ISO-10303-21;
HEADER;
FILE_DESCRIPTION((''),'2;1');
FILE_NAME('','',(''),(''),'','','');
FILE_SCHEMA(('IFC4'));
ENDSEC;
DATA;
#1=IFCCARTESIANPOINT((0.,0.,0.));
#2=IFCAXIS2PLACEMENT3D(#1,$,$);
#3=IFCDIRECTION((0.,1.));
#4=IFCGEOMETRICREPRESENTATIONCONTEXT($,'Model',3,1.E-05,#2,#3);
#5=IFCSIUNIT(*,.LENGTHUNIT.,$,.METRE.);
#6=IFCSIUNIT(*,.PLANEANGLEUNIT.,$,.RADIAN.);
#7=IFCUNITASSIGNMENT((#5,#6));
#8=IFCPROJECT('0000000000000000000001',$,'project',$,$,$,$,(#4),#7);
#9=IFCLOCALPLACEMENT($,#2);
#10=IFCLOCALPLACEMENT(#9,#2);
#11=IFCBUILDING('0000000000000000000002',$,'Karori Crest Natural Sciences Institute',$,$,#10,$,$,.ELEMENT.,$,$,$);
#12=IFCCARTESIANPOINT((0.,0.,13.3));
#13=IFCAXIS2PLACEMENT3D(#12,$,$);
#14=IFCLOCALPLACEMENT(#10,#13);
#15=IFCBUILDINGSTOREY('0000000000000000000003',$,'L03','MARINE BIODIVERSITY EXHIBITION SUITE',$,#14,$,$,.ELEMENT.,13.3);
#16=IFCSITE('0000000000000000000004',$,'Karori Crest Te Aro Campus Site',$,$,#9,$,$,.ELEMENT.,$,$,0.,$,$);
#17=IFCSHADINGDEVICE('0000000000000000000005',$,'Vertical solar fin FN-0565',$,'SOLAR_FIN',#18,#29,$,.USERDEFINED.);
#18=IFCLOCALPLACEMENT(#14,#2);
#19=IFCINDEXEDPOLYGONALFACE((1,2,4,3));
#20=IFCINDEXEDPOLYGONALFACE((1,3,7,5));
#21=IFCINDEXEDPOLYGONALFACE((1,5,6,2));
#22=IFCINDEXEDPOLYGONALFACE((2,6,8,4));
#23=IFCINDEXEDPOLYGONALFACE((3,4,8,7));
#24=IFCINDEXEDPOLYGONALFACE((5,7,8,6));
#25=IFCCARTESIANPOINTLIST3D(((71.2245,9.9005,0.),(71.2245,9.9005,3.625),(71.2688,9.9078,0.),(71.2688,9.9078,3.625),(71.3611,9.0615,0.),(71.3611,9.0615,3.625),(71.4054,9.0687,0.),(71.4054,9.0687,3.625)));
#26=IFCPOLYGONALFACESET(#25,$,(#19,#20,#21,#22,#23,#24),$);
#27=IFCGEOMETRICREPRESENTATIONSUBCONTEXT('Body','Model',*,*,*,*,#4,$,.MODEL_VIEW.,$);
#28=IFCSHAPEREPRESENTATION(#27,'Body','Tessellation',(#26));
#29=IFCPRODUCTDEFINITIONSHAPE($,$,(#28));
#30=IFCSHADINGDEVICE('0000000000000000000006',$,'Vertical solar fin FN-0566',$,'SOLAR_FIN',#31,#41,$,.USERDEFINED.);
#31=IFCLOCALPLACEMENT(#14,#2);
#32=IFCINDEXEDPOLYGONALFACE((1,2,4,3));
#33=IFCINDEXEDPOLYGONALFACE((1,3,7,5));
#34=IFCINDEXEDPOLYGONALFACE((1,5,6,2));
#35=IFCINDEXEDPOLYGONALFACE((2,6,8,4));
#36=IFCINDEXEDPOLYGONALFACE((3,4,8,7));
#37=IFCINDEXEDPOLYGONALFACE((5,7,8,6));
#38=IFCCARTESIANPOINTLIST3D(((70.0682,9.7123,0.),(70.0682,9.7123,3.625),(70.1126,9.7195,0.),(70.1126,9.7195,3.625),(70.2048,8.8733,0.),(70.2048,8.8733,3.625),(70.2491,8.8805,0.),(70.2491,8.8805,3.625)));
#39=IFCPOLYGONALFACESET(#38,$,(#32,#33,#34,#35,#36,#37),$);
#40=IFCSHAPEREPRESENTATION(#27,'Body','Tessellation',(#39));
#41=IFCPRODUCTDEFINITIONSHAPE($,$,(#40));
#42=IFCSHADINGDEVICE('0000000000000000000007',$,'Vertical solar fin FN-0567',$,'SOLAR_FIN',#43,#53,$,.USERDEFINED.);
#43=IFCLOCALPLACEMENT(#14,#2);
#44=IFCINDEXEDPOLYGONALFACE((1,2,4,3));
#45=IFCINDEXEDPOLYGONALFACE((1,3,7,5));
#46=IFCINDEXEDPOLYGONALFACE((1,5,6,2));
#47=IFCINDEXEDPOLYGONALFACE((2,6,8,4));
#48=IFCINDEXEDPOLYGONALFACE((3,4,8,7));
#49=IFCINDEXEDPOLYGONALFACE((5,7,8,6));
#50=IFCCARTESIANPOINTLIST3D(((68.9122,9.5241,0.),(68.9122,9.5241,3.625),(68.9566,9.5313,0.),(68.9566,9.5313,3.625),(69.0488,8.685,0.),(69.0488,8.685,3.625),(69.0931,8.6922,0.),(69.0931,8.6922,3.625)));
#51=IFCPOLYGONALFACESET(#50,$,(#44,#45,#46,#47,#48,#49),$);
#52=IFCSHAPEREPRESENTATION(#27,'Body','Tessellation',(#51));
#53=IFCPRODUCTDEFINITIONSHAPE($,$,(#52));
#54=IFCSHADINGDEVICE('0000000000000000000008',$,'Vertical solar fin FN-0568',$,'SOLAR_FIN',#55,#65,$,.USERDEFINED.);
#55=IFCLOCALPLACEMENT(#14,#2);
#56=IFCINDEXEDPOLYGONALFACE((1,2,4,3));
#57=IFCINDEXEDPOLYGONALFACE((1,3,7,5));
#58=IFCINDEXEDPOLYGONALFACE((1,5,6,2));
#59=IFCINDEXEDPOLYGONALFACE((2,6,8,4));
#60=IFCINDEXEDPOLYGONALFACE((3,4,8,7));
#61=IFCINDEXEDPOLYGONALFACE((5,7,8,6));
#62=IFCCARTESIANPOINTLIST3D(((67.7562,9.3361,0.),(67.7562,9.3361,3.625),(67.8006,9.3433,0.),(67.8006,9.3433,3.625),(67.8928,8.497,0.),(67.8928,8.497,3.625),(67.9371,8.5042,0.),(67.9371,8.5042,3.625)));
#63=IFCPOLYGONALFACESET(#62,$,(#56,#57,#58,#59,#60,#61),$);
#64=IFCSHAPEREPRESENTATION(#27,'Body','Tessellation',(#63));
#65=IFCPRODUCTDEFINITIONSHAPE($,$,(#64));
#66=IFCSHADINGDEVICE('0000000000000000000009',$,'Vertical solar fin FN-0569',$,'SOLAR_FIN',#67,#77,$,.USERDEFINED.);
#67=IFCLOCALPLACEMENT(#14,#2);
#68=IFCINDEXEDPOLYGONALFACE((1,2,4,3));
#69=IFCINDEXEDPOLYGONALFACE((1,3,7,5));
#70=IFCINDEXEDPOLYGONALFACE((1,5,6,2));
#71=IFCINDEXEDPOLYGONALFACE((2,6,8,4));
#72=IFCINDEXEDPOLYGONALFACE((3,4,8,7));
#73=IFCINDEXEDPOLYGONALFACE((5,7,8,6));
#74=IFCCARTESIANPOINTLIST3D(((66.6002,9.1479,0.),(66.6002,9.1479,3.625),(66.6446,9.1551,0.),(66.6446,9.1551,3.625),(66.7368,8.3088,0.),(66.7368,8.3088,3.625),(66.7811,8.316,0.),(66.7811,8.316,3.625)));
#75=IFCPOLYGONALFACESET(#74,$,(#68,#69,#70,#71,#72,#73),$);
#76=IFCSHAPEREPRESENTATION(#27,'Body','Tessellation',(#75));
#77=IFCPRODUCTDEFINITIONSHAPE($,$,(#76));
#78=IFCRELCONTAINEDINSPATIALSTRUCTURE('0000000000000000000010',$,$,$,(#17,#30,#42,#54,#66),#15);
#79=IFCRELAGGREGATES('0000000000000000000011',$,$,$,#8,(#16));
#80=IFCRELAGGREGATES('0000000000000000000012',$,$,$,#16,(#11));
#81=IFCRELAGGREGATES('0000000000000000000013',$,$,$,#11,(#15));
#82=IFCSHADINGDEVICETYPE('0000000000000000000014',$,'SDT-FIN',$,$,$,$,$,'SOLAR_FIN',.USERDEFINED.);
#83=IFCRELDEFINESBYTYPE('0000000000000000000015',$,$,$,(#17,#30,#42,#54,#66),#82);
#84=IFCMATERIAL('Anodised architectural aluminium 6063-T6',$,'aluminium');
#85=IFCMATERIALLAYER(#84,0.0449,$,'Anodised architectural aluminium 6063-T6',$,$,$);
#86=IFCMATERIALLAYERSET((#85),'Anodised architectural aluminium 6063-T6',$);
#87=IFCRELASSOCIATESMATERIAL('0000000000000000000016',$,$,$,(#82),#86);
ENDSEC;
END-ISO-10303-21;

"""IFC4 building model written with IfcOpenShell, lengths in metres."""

from ifc_helpers import new_model, si_unit, direction, frame, origin, origin_2d, place, context, subcontext, project, spatial, rectangle, extrude, material, layer, layer_set, type_object, element, save


model = new_model("IFC4")

# Units and contexts
model_context = context("Model", 3, precision=1e-05, world=origin(), true_north=direction((0.0, 1.0)))
body_context = subcontext(model_context, "Body", "Model", "MODEL_VIEW")
ifc_project = project(units=[si_unit("LENGTHUNIT", "METRE"), si_unit("PLANEANGLEUNIT", "RADIAN")], contexts=[model_context])

# Site, building, storey
site_placement = place(None, origin())
site = spatial("IfcSite", under=ifc_project, at=site_placement, Name="Karori Crest Te Aro Campus Site", CompositionType="ELEMENT", RefElevation=0.0)
building_placement = place(site_placement, origin())
building = spatial("IfcBuilding", under=site, at=building_placement, Name="Karori Crest Natural Sciences Institute", CompositionType="ELEMENT")
storey_placement = place(building_placement, frame((0.0, 0.0, 13.3)))
storey = spatial("IfcBuildingStorey", under=building, at=storey_placement, Name="L03", Description="MARINE BIODIVERSITY EXHIBITION SUITE", CompositionType="ELEMENT", Elevation=13.3)

# Shared definitions
ifc_material_1 = material(Name="Anodised architectural aluminium 6063-T6", Category="aluminium")

# Shading devices
ifc_layer_1 = layer(ifc_material_1, 0.0449, Name="Anodised architectural aluminium 6063-T6")
ifc_layer_set_1 = layer_set([ifc_layer_1], Name="Anodised architectural aluminium 6063-T6")
shading_device_type = type_object("IfcShadingDeviceType", Name="SDT-FIN", ElementType="SOLAR_FIN", PredefinedType="USERDEFINED", material=ifc_layer_set_1)
for number, where, z_axis, x_axis, name in (
    (1, (71.3149, 9.4846, 0.0), (0.0, 0.0, 1.0), (0.16065, -0.987012, 0.0), "Vertical solar fin FN-0565"),
    (2, (70.1587, 9.2964, 0.0), (0.0, 0.0, 1.0), (0.16065, -0.987012, 0.0), "Vertical solar fin FN-0566"),
    (3, (69.0027, 9.1082, 0.0), (0.0, 0.0, 1.0), (0.16065, -0.987012, 0.0), "Vertical solar fin FN-0567"),
    (4, (67.8467, 8.9202, 0.0), (0.0, 0.0, 1.0), (0.16065, -0.987012, 0.0), "Vertical solar fin FN-0568"),
    (5, (66.6907, 8.7319, 0.0), (0.0, 0.0, 1.0), (0.16065, -0.987012, 0.0), "Vertical solar fin FN-0569"),
):
    element("IfcShadingDevice", number, at=place(storey_placement, frame(where, z_axis=z_axis, x_axis=x_axis)), inside=storey, type_object=shading_device_type, Name=name, ObjectType="SOLAR_FIN", PredefinedType="USERDEFINED", context=body_context, shape_type="SweptSolid", body=[
        extrude(rectangle(XDim=0.8501, YDim=0.0449, at=origin_2d()), origin(), (0.0, 0.0, 1.0), 3.625),
    ])

save(model, "model.ifc")
